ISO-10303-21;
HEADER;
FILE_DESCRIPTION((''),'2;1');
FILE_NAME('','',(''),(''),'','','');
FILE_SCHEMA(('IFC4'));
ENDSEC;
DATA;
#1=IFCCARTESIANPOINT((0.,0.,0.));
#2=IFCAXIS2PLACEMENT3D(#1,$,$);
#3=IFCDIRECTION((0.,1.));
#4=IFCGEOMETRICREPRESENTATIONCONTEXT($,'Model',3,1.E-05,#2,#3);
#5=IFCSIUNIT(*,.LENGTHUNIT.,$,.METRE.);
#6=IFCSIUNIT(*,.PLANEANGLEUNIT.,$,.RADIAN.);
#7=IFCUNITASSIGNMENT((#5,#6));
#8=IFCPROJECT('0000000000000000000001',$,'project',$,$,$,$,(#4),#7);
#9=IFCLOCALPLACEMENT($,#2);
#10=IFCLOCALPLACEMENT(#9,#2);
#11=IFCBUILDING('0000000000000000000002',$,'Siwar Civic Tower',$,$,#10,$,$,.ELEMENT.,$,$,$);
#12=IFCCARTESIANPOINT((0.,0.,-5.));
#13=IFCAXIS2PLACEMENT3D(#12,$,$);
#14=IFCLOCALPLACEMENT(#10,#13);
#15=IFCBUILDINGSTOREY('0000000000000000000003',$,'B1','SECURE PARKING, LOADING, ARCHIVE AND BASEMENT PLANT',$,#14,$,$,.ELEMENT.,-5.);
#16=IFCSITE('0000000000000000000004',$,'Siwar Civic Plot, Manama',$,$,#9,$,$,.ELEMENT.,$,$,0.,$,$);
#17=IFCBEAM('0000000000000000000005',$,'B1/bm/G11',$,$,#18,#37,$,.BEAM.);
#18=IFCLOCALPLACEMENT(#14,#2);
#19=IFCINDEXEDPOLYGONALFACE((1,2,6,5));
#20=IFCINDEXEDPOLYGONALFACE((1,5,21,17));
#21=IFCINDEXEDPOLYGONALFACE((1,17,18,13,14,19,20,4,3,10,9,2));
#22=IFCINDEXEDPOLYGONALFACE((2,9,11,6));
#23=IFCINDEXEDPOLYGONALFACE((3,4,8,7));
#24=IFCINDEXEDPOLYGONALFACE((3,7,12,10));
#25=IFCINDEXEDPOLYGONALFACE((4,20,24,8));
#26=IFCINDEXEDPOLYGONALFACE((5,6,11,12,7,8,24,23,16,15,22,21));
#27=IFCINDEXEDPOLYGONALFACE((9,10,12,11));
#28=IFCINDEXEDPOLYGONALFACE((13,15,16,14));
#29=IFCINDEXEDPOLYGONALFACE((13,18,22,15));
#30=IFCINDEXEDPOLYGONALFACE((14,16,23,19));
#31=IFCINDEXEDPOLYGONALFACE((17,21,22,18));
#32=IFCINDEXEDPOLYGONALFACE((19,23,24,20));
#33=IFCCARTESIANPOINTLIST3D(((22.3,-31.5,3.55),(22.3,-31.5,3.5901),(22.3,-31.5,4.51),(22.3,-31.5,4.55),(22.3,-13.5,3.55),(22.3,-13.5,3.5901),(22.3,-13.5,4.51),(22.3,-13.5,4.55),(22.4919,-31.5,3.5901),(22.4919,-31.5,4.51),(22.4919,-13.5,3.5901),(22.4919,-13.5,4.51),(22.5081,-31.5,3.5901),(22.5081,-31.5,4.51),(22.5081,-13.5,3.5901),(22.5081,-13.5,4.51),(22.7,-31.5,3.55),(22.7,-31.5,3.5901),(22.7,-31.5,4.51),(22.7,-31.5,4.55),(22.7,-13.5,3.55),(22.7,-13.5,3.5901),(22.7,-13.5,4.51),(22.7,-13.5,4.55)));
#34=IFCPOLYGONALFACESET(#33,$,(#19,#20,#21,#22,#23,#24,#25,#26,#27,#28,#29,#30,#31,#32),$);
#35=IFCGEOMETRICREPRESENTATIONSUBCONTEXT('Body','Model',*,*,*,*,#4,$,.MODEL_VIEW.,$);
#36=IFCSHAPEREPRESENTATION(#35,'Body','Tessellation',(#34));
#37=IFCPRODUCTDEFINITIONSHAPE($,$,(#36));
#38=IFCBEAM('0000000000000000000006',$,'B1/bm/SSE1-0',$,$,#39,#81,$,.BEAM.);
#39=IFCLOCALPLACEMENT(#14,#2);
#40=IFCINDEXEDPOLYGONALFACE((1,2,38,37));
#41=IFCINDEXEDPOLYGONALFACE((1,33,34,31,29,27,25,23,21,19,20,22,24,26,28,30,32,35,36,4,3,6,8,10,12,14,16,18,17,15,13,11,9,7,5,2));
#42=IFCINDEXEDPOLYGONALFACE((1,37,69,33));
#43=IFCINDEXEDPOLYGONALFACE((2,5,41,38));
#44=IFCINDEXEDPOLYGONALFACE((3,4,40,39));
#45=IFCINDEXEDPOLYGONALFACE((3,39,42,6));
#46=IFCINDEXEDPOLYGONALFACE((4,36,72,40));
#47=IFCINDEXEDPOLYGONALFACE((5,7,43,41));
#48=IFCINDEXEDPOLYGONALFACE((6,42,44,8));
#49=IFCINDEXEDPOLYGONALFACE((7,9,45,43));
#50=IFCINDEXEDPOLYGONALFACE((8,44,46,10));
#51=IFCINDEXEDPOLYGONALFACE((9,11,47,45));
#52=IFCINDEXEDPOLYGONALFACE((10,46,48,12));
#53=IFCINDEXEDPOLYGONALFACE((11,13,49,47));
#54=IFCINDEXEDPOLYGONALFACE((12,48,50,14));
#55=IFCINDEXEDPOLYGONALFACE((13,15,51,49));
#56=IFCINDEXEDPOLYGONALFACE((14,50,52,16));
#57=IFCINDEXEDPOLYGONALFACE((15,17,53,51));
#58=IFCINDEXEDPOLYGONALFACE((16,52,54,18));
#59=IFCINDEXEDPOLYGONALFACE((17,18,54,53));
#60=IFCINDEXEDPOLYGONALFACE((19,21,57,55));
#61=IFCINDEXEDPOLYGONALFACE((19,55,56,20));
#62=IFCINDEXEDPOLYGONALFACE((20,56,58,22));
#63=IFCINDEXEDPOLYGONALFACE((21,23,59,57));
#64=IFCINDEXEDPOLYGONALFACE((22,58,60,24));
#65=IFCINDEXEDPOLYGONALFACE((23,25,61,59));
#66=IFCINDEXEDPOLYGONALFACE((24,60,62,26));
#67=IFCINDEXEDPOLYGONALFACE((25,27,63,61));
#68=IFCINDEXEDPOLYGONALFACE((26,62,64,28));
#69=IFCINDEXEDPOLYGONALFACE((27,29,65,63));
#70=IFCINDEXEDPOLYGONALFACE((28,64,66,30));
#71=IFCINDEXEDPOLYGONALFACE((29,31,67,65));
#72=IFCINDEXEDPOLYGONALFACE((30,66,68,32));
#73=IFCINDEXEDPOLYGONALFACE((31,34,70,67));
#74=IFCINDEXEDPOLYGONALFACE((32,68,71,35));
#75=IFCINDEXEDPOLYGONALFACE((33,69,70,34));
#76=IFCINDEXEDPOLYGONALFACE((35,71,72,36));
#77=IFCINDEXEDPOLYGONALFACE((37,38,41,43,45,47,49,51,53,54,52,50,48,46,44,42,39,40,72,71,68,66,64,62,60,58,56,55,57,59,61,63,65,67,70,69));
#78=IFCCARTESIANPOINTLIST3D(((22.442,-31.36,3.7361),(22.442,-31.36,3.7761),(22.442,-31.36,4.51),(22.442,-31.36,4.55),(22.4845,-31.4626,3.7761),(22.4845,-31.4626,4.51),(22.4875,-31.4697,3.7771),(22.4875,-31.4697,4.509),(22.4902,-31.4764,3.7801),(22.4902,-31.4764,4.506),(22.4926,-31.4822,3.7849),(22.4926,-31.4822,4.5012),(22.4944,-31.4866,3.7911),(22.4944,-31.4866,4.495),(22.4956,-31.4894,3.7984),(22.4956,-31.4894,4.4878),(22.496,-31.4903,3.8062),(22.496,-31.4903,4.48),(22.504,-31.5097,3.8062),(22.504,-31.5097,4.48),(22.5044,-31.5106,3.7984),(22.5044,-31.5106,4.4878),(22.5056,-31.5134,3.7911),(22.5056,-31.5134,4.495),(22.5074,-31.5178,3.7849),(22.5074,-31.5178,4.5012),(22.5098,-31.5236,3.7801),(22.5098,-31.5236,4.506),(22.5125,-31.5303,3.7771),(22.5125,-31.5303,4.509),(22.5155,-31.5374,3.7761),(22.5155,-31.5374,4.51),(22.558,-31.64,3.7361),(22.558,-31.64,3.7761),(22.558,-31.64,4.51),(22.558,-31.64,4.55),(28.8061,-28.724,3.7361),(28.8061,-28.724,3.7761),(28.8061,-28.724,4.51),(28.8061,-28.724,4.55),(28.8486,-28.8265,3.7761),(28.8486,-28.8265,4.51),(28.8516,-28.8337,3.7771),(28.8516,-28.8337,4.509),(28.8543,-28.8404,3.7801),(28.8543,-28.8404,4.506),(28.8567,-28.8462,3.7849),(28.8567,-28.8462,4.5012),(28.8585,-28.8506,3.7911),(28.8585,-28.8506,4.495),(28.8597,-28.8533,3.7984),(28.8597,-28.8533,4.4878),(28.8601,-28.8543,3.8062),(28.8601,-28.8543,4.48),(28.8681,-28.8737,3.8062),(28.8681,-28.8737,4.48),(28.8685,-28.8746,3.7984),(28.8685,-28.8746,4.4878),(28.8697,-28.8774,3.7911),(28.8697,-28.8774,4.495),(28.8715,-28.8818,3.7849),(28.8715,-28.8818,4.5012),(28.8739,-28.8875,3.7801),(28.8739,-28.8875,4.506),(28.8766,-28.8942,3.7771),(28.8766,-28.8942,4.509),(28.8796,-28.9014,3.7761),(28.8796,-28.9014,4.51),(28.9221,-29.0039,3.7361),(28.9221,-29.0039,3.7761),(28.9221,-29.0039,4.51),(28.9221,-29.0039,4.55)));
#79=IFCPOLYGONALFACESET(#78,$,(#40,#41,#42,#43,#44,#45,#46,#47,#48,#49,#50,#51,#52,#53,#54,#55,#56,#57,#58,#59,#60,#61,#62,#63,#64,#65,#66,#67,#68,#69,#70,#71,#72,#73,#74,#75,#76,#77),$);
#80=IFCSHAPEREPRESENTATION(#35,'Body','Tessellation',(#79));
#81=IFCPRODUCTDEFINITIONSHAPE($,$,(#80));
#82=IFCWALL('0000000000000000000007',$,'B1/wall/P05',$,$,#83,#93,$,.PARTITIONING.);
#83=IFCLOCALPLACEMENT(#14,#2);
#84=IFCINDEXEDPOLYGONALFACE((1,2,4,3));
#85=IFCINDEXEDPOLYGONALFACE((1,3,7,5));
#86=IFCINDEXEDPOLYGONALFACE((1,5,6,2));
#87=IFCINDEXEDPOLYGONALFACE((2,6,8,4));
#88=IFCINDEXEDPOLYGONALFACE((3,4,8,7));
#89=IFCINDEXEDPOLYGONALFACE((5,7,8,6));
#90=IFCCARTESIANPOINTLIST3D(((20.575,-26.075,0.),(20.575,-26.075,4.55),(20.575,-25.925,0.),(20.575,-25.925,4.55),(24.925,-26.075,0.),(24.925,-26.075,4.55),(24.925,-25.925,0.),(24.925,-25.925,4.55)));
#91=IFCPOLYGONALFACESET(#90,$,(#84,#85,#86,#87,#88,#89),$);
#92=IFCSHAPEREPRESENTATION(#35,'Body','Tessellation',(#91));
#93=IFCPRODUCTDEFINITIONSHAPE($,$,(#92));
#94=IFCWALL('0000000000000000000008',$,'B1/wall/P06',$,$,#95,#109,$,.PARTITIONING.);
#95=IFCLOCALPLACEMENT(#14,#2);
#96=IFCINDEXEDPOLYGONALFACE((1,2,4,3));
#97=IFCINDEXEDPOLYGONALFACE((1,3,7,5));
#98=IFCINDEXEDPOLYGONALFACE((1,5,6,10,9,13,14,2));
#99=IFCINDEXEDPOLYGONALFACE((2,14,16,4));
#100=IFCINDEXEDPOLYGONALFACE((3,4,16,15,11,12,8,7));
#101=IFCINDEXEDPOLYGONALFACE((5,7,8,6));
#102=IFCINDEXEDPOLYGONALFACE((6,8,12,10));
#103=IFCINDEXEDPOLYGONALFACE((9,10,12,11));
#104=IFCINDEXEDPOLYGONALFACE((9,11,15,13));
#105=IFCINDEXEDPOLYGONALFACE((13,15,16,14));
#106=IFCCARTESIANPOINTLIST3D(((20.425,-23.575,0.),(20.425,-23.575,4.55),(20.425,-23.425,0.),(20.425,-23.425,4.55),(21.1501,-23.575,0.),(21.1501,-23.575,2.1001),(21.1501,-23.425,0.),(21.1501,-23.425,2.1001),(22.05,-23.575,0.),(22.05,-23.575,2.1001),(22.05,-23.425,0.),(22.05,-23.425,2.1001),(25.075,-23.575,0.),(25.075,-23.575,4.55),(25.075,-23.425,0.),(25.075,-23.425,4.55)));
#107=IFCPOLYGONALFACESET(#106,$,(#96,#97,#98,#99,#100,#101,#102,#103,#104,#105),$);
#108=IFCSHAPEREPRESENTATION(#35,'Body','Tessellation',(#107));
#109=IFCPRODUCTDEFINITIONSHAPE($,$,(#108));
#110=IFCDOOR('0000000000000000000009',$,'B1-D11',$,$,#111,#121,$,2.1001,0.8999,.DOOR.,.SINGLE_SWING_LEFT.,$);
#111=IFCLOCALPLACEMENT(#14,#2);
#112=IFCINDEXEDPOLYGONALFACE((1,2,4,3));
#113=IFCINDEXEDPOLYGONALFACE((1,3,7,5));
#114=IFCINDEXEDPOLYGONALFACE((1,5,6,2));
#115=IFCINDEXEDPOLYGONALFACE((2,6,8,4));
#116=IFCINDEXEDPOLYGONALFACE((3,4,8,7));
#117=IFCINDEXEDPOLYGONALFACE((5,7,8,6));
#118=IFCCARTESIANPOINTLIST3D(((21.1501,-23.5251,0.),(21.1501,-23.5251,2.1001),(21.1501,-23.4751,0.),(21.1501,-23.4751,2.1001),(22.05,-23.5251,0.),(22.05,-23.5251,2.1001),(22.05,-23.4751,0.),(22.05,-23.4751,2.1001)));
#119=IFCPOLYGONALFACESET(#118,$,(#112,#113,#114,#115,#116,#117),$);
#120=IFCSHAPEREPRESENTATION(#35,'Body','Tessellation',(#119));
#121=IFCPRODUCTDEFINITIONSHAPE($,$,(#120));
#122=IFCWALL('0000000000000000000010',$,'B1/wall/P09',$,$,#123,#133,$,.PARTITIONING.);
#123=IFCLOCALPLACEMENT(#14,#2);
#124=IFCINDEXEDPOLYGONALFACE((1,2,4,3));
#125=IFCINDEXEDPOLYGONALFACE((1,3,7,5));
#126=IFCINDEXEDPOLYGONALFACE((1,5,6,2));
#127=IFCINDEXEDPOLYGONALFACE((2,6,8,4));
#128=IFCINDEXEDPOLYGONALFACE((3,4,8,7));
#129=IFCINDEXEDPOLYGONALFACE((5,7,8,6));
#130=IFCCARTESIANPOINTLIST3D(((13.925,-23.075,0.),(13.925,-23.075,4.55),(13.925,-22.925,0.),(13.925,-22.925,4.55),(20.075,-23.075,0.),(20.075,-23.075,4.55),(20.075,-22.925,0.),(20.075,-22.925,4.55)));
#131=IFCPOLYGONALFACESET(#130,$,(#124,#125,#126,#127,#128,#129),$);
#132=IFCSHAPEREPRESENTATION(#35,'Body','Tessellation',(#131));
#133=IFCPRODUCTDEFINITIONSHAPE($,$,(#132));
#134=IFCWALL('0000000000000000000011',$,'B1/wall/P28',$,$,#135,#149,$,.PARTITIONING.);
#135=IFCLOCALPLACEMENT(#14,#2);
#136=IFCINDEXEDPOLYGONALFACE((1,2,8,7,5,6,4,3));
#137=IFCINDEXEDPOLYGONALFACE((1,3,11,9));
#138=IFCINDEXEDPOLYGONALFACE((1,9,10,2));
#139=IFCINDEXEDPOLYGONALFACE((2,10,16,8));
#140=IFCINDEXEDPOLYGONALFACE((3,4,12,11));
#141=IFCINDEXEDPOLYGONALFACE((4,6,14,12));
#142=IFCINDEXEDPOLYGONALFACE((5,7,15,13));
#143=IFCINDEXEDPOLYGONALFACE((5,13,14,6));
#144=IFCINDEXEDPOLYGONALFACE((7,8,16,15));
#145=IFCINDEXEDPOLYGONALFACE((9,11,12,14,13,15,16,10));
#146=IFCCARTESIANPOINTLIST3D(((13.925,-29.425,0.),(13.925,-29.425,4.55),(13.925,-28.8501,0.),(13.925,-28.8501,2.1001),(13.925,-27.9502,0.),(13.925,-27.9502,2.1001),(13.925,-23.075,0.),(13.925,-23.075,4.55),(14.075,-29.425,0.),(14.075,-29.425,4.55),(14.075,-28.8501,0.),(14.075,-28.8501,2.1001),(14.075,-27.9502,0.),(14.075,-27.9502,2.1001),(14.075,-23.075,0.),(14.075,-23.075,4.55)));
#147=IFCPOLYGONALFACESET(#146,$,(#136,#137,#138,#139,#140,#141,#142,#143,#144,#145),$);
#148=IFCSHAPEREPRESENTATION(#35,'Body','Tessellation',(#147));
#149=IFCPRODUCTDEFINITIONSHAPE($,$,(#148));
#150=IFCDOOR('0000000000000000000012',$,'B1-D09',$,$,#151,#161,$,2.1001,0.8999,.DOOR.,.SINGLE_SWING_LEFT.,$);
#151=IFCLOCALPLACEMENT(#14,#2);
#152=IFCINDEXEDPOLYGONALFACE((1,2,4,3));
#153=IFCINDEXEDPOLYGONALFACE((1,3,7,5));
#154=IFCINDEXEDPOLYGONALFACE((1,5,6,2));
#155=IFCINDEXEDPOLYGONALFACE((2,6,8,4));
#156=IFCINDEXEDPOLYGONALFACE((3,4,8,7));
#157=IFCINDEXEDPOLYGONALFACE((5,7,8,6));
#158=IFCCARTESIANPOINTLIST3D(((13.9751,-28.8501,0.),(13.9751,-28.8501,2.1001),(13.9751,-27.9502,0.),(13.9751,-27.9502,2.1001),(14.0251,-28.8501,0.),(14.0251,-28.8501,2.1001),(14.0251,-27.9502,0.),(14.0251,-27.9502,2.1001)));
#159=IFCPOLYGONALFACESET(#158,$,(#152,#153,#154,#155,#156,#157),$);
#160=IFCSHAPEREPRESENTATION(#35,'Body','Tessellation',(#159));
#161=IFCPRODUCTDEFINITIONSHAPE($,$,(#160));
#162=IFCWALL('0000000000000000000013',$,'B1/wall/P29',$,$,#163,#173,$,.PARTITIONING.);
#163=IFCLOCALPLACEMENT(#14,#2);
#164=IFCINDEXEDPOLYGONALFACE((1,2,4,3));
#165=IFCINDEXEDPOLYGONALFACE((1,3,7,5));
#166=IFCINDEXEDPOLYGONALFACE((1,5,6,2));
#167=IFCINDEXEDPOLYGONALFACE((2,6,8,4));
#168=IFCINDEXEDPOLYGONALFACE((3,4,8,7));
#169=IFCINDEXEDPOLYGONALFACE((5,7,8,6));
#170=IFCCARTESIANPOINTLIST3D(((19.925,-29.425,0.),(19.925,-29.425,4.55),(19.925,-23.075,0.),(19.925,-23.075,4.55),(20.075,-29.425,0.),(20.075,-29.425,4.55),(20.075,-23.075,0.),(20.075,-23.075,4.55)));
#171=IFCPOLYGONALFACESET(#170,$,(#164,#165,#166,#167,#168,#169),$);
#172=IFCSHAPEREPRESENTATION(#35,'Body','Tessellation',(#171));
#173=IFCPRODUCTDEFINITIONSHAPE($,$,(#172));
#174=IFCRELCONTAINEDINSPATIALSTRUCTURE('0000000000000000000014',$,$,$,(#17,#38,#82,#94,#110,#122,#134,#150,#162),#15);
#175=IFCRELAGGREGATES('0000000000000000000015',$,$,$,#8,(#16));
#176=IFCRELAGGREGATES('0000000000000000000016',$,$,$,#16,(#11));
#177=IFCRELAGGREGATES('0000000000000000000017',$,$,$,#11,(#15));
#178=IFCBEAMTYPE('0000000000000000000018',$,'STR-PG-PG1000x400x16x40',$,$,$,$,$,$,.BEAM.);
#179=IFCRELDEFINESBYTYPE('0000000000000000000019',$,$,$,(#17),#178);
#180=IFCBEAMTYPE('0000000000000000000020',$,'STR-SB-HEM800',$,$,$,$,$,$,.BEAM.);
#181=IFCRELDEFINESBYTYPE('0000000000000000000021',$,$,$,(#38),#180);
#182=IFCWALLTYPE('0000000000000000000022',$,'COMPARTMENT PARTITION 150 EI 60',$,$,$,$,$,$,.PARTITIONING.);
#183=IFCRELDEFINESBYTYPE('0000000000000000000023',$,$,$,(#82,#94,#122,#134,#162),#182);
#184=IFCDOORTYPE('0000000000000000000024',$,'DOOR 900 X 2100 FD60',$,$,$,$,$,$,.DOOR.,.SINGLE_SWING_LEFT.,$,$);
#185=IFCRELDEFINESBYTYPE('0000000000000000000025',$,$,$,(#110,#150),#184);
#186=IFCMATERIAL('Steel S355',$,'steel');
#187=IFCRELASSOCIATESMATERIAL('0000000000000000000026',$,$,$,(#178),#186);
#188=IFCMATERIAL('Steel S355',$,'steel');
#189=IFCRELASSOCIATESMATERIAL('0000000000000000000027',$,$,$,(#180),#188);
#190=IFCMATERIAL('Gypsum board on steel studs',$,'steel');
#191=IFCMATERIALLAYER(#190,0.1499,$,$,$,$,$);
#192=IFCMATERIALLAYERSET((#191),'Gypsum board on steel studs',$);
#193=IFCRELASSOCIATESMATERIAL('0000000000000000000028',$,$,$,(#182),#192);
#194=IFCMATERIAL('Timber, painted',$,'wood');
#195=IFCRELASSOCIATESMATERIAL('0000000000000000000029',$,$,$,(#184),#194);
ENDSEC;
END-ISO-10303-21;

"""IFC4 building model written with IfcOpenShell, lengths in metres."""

from ifc_helpers import new_model, si_unit, direction, frame, frame_2d, origin, origin_2d, place, context, subcontext, project, spatial, rectangle, i_section, extrude, material, layer, layer_set, material_profile, profile_set, type_object, element, fill, save


model = new_model("IFC4")

# Units and contexts
model_context = context("Model", 3, precision=1e-05, world=origin(), true_north=direction((0.0, 1.0)))
body_context = subcontext(model_context, "Body", "Model", "MODEL_VIEW")
ifc_project = project(units=[si_unit("LENGTHUNIT", "METRE"), si_unit("PLANEANGLEUNIT", "RADIAN")], contexts=[model_context])

# Site, building, storey
site_placement = place(None, origin())
site = spatial("IfcSite", under=ifc_project, at=site_placement, Name="Siwar Civic Plot, Manama", CompositionType="ELEMENT", RefElevation=0.0)
building_placement = place(site_placement, origin())
building = spatial("IfcBuilding", under=site, at=building_placement, Name="Siwar Civic Tower", CompositionType="ELEMENT")
storey_placement = place(building_placement, frame((0.0, 0.0, -5.0)))
storey = spatial("IfcBuildingStorey", under=building, at=storey_placement, Name="B1", Description="SECURE PARKING, LOADING, ARCHIVE AND BASEMENT PLANT", CompositionType="ELEMENT", Elevation=-5.0)

# Beams
ifc_material_1 = material(Name="Steel S355", Category="steel")
ifc_material_profile_1 = material_profile(ifc_material_1, i_section(OverallWidth=0.3999, OverallDepth=1.0, WebThickness=0.0161, FlangeThickness=0.04, at=origin_2d()), Name="PG1000x400x16x40")
ifc_profile_set_1 = profile_set([ifc_material_profile_1], Name="Steel S355")
beam_type_1 = type_object("IfcBeamType", Name="STR-PG-PG1000x400x16x40", PredefinedType="BEAM", material=ifc_profile_set_1)
beam_1_placement = place(storey_placement, frame((22.5, -31.5, 4.05), z_axis=(0.0, 1.0, 0.0), x_axis=(-1.0, 0.0, 0.0)))
element("IfcBeam", 1, at=beam_1_placement, inside=storey, type_object=beam_type_1, Name="B1/bm/G11", PredefinedType="BEAM", context=body_context, shape_type="SweptSolid", body=[
    extrude(i_section(OverallWidth=0.3999, OverallDepth=1.0, WebThickness=0.0161, FlangeThickness=0.04, at=origin_2d()), origin(), (0.0, 0.0, 1.0), 18.0),
])
ifc_material_2 = material(Name="Steel S355", Category="steel")
ifc_material_profile_2 = material_profile(ifc_material_2, i_section(OverallWidth=0.303, OverallDepth=0.814, WebThickness=0.021, FlangeThickness=0.04, FilletRadius=0.03, at=origin_2d()), Name="HEM800")
ifc_profile_set_2 = profile_set([ifc_material_profile_2], Name="Steel S355")
beam_type_2 = type_object("IfcBeamType", Name="STR-SB-HEM800", PredefinedType="BEAM", material=ifc_profile_set_2)
beam_2_placement = place(storey_placement, frame((22.5, -31.5, 4.1431), z_axis=(0.923883, 0.382674, 0.0), x_axis=(-0.382674, 0.923883, 0.0)))
element("IfcBeam", 2, at=beam_2_placement, inside=storey, type_object=beam_type_2, Name="B1/bm/SSE1-0", PredefinedType="BEAM", context=body_context, shape_type="SweptSolid", body=[
    extrude(i_section(OverallWidth=0.303, OverallDepth=0.814, WebThickness=0.021, FlangeThickness=0.04, FilletRadius=0.03, at=origin_2d()), origin(), (0.0, 0.0, 1.0), 6.8884),
])

# Wall
ifc_material_3 = material(Name="Gypsum board on steel studs", Category="steel")
ifc_layer_1 = layer(ifc_material_3, 0.1499)
ifc_layer_set_1 = layer_set([ifc_layer_1], Name="Gypsum board on steel studs")
wall_type_1 = type_object("IfcWallType", Name="COMPARTMENT PARTITION 150 EI 60", PredefinedType="PARTITIONING", material=ifc_layer_set_1)
wall_1_placement = place(storey_placement, frame((20.575, -26.0, 0.0), z_axis=(0.0, 0.0, 1.0), x_axis=(1.0, 0.0, 0.0)))
element("IfcWall", 3, at=wall_1_placement, inside=storey, type_object=wall_type_1, Name="B1/wall/P05", PredefinedType="PARTITIONING", context=body_context, shape_type="SweptSolid", body=[
    extrude(rectangle(XDim=4.3501, YDim=0.1499, at=frame_2d((2.175, 0.0))), origin(), (0.0, 0.0, 1.0), 4.55),
])

# Wall, opening, door
wall_2_placement = place(storey_placement, frame((20.425, -23.5, 0.0), z_axis=(0.0, 0.0, 1.0), x_axis=(1.0, 0.0, 0.0)))
wall_2 = element("IfcWall", 4, at=wall_2_placement, inside=storey, type_object=wall_type_1, Name="B1/wall/P06", PredefinedType="PARTITIONING", context=body_context, shape_type="SweptSolid", body=[
    extrude(rectangle(XDim=4.6499, YDim=0.1499, at=frame_2d((2.325, 0.0))), origin(), (0.0, 0.0, 1.0), 4.55),
])
opening_1_placement = place(wall_2_placement, frame((0.7251, 0.0, 0.0)))
opening_1 = element("IfcOpeningElement", 5, at=opening_1_placement, cuts=wall_2, PredefinedType="OPENING", context=body_context, shape_type="SweptSolid", body=[
    extrude(rectangle(XDim=0.8999, YDim=2.1001, at=frame_2d((0.45, 1.05))), frame((0.0, 0.085, 0.0), z_axis=(0.0, -1.0, 0.0), x_axis=(1.0, 0.0, 0.0)), (0.0, 0.0, 1.0), 0.1699),
])
ifc_material_4 = material(Name="Timber, painted", Category="wood")
door_type_1 = type_object("IfcDoorType", Name="DOOR 900 X 2100 FD60", OperationType="SINGLE_SWING_LEFT", PredefinedType="DOOR", material=ifc_material_4)
door_1_placement = place(opening_1_placement, origin())
door_1 = element("IfcDoor", 6, at=door_1_placement, inside=storey, type_object=door_type_1, Name="B1-D11", OperationType="SINGLE_SWING_LEFT", OverallHeight=2.1001, OverallWidth=0.8999, PredefinedType="DOOR", context=body_context, shape_type="SweptSolid", body=[
    extrude(rectangle(XDim=0.8999, YDim=2.1001, at=frame_2d((0.45, 1.05))), frame((0.0, 0.0249, 0.0), z_axis=(0.0, -1.0, 0.0), x_axis=(1.0, 0.0, 0.0)), (0.0, 0.0, 1.0), 0.05),
])
fill(opening_1, door_1)

# Wall
wall_3_placement = place(storey_placement, frame((13.925, -23.0, 0.0), z_axis=(0.0, 0.0, 1.0), x_axis=(1.0, 0.0, 0.0)))
element("IfcWall", 7, at=wall_3_placement, inside=storey, type_object=wall_type_1, Name="B1/wall/P09", PredefinedType="PARTITIONING", context=body_context, shape_type="SweptSolid", body=[
    extrude(rectangle(XDim=6.1499, YDim=0.1499, at=frame_2d((3.075, 0.0))), origin(), (0.0, 0.0, 1.0), 4.55),
])

# Wall, opening, door
wall_4_placement = place(storey_placement, frame((14.0, -29.425, 0.0), z_axis=(0.0, 0.0, 1.0), x_axis=(0.0, 1.0, 0.0)))
wall_4 = element("IfcWall", 8, at=wall_4_placement, inside=storey, type_object=wall_type_1, Name="B1/wall/P28", PredefinedType="PARTITIONING", context=body_context, shape_type="SweptSolid", body=[
    extrude(rectangle(XDim=6.3501, YDim=0.1499, at=frame_2d((3.175, 0.0))), origin(), (0.0, 0.0, 1.0), 4.55),
])
opening_2_placement = place(wall_4_placement, frame((0.575, 0.0, 0.0)))
opening_2 = element("IfcOpeningElement", 9, at=opening_2_placement, cuts=wall_4, PredefinedType="OPENING", context=body_context, shape_type="SweptSolid", body=[
    extrude(rectangle(XDim=0.8999, YDim=2.1001, at=frame_2d((0.45, 1.05))), frame((0.0, 0.085, 0.0), z_axis=(0.0, -1.0, 0.0), x_axis=(1.0, 0.0, 0.0)), (0.0, 0.0, 1.0), 0.1699),
])
door_2_placement = place(opening_2_placement, origin())
door_2 = element("IfcDoor", 10, at=door_2_placement, inside=storey, type_object=door_type_1, Name="B1-D09", OperationType="SINGLE_SWING_LEFT", OverallHeight=2.1001, OverallWidth=0.8999, PredefinedType="DOOR", context=body_context, shape_type="SweptSolid", body=[
    extrude(rectangle(XDim=0.8999, YDim=2.1001, at=frame_2d((0.45, 1.05))), frame((0.0, 0.0249, 0.0), z_axis=(0.0, -1.0, 0.0), x_axis=(1.0, 0.0, 0.0)), (0.0, 0.0, 1.0), 0.05),
])
fill(opening_2, door_2)

# Wall
wall_5_placement = place(storey_placement, frame((20.0, -29.425, 0.0), z_axis=(0.0, 0.0, 1.0), x_axis=(0.0, 1.0, 0.0)))
element("IfcWall", 11, at=wall_5_placement, inside=storey, type_object=wall_type_1, Name="B1/wall/P29", PredefinedType="PARTITIONING", context=body_context, shape_type="SweptSolid", body=[
    extrude(rectangle(XDim=6.3501, YDim=0.1499, at=frame_2d((3.175, 0.0))), origin(), (0.0, 0.0, 1.0), 4.55),
])

save(model, "model.ifc")
